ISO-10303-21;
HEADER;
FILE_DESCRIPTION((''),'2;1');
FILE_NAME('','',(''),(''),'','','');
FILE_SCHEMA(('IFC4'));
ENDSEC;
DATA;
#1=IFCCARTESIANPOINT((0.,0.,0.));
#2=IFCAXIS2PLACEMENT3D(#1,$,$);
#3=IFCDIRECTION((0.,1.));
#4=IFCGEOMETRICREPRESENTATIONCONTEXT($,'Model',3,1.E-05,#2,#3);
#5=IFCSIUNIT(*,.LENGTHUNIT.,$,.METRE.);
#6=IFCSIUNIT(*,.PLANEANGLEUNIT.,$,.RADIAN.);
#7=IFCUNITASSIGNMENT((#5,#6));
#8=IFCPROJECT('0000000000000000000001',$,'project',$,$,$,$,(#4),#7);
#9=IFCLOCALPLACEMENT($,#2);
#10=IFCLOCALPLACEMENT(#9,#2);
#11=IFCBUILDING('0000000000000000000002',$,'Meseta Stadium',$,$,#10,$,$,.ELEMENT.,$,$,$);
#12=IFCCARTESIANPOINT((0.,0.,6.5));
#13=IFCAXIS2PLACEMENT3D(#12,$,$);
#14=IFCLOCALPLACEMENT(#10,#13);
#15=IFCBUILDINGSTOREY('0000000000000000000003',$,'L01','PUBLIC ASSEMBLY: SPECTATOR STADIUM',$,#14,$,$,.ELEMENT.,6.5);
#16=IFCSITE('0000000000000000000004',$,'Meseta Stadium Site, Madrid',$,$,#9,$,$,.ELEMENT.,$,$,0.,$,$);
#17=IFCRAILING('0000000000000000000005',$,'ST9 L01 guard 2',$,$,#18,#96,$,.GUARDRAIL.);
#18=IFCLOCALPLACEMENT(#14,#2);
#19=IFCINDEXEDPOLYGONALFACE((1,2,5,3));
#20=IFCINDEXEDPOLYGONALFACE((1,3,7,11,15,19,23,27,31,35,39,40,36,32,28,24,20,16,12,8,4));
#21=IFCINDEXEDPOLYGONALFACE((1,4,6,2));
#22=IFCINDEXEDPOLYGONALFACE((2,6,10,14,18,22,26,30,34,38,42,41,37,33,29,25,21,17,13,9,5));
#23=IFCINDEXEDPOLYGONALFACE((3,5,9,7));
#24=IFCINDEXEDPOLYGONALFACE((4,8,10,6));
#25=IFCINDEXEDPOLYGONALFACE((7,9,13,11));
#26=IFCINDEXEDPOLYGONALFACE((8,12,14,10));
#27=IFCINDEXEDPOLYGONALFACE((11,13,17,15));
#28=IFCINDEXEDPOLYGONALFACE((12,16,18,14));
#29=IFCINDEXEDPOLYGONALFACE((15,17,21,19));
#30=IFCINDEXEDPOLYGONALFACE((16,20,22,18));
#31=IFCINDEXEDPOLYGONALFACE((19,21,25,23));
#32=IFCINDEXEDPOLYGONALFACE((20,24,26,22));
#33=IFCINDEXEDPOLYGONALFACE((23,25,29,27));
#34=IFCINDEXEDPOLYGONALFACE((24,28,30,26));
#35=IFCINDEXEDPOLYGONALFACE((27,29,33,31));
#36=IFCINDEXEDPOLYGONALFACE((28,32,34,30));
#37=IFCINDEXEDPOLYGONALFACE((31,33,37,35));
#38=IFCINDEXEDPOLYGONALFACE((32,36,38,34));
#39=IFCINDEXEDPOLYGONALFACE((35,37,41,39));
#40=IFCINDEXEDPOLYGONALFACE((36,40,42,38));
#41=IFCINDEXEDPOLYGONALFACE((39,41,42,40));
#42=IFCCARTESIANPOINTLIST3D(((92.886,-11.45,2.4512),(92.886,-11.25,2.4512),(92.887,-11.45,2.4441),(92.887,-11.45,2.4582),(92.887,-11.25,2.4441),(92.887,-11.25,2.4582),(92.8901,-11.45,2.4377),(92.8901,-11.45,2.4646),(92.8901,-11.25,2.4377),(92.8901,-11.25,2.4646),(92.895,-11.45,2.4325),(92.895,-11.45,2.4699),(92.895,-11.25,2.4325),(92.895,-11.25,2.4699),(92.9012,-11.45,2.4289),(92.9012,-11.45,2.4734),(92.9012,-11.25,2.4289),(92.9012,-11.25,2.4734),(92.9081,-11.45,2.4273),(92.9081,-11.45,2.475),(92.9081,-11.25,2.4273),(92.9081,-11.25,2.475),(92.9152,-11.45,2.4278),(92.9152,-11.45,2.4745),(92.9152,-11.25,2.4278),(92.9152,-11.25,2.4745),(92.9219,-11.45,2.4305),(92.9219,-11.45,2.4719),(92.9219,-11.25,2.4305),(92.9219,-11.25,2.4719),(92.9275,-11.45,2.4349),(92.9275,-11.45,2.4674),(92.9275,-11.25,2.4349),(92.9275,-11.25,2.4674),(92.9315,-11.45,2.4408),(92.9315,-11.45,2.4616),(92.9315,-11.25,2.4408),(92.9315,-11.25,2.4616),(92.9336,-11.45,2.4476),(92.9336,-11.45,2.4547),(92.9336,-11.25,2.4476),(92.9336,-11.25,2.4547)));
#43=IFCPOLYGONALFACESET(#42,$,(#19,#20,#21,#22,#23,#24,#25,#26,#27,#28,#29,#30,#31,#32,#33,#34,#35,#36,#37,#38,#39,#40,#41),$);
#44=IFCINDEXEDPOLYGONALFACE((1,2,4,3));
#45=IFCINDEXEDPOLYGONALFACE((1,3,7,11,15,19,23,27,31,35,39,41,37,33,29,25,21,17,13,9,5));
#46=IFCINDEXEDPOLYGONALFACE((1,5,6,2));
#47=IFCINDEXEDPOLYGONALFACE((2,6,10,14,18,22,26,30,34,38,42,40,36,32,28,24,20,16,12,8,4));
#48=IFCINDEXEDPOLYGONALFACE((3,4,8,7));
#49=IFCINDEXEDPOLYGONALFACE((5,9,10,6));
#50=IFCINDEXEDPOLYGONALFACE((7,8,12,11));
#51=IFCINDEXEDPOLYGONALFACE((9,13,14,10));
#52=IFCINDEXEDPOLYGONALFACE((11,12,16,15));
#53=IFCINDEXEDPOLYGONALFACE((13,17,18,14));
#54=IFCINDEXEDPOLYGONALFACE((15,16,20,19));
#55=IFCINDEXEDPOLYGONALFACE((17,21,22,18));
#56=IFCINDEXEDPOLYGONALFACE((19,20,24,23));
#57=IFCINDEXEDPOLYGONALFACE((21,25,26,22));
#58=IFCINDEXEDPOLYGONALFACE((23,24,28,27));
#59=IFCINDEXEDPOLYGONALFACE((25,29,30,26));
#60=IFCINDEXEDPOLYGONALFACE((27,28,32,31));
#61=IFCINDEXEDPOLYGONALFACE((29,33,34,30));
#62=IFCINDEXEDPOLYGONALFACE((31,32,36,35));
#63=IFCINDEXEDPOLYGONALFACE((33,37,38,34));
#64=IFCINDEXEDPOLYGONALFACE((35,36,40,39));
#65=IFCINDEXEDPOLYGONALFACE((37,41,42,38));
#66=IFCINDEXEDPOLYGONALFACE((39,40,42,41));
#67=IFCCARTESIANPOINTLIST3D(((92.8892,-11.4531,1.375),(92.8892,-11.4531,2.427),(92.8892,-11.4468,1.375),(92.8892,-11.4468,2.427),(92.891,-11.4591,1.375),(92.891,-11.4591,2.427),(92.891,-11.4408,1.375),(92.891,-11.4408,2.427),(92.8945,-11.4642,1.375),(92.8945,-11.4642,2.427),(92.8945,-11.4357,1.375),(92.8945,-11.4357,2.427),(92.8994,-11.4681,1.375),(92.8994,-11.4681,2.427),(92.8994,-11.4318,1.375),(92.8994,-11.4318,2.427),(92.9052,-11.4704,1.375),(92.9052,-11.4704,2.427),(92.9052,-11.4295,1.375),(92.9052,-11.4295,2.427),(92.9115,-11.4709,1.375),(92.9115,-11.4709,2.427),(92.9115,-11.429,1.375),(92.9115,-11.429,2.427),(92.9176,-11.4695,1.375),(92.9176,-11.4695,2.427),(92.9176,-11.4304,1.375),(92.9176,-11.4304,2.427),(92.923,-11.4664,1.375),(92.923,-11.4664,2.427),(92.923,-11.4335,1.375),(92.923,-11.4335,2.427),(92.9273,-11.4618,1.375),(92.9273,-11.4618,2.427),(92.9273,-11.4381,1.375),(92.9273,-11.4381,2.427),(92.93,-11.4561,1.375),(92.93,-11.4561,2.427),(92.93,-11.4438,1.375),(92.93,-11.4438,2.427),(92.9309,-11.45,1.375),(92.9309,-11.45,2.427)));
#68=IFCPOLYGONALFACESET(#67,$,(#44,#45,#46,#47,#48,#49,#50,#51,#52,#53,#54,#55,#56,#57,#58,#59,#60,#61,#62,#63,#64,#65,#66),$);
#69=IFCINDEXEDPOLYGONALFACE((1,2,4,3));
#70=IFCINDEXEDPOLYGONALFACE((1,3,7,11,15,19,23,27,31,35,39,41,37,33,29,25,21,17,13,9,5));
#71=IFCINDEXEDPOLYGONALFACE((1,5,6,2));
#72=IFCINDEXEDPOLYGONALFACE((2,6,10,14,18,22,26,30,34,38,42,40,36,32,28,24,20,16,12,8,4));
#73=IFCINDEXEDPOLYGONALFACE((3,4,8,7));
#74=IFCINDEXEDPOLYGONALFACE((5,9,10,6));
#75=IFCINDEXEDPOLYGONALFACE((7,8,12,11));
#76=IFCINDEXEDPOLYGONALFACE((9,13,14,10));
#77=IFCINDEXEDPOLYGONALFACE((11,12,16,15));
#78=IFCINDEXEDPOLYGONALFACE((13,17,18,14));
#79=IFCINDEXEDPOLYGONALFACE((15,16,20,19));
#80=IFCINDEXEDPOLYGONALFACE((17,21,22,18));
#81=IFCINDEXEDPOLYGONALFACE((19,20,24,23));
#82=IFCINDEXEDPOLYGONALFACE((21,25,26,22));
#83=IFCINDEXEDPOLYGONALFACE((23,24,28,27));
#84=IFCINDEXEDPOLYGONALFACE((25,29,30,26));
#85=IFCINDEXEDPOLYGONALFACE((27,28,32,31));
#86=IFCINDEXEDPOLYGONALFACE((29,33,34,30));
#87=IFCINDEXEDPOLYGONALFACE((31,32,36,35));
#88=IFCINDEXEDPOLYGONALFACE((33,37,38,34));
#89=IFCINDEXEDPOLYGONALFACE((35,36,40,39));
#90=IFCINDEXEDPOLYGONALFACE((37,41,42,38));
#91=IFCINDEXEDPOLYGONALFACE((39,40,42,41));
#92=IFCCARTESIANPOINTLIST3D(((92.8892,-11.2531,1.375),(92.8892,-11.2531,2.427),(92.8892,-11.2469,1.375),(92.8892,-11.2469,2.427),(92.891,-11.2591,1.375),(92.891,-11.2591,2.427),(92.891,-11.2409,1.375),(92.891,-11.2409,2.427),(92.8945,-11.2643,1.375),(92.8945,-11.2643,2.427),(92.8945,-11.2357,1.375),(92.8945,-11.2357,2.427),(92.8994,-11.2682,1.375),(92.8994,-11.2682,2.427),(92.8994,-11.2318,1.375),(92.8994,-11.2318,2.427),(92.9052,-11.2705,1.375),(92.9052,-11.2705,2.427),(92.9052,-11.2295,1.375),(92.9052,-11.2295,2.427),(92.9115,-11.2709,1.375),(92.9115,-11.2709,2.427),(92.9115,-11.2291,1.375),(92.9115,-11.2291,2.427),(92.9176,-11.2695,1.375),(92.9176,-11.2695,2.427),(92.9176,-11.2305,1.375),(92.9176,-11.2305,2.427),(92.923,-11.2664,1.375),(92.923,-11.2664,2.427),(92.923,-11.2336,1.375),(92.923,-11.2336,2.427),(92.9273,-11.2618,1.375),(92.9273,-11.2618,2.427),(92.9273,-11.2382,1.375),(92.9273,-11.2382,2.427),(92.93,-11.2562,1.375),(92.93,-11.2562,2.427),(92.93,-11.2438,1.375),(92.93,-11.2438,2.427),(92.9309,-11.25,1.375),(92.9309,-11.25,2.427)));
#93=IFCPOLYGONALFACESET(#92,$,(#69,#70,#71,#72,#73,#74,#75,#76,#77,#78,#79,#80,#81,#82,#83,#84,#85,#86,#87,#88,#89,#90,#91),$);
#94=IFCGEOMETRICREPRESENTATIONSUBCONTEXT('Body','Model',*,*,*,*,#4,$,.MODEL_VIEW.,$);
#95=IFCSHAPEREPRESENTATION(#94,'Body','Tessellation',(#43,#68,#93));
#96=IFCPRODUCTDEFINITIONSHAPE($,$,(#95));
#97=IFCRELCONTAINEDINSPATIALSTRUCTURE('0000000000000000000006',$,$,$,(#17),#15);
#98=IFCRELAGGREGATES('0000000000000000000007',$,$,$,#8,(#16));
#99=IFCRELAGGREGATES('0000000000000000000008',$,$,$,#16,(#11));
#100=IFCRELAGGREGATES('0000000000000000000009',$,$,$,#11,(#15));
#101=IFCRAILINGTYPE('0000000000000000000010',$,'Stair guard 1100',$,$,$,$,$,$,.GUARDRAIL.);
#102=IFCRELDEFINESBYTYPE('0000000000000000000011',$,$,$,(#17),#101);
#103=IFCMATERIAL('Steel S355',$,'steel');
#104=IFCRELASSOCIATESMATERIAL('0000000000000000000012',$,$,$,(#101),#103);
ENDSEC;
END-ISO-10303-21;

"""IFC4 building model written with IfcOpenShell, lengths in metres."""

from ifc_helpers import new_model, si_unit, direction, frame, origin, origin_2d, place, context, subcontext, project, spatial, circle, extrude, material, type_object, element, save


model = new_model("IFC4")

# Units and contexts
model_context = context("Model", 3, precision=1e-05, world=origin(), true_north=direction((0.0, 1.0)))
body_context = subcontext(model_context, "Body", "Model", "MODEL_VIEW")
ifc_project = project(units=[si_unit("LENGTHUNIT", "METRE"), si_unit("PLANEANGLEUNIT", "RADIAN")], contexts=[model_context])

# Site, building, storey
site_placement = place(None, origin())
site = spatial("IfcSite", under=ifc_project, at=site_placement, Name="Meseta Stadium Site, Madrid", CompositionType="ELEMENT", RefElevation=0.0)
building_placement = place(site_placement, origin())
building = spatial("IfcBuilding", under=site, at=building_placement, Name="Meseta Stadium", CompositionType="ELEMENT")
storey_placement = place(building_placement, frame((0.0, 0.0, 6.5)))
storey = spatial("IfcBuildingStorey", under=building, at=storey_placement, Name="L01", Description="PUBLIC ASSEMBLY: SPECTATOR STADIUM", CompositionType="ELEMENT", Elevation=6.5)

# Railing
ifc_material_1 = material(Name="Steel S355", Category="steel")
railing_type_1 = type_object("IfcRailingType", Name="Stair guard 1100", PredefinedType="GUARDRAIL", material=ifc_material_1)
railing_1_placement = place(storey_placement, frame((92.9099, -11.45, 1.375)))
element("IfcRailing", 1, at=railing_1_placement, inside=storey, type_object=railing_type_1, Name="ST9 L01 guard 2", PredefinedType="GUARDRAIL", context=body_context, shape_type="SweptSolid", body=[
    extrude(circle(Radius=0.0239, at=origin_2d()), frame((0.0, 0.0, 1.0762), z_axis=(0.0, 1.0, 0.0), x_axis=(-1.0, 0.0, 0.0)), (0.0, 0.0, 1.0), 0.2),
    extrude(circle(Radius=0.021, at=origin_2d()), origin(), (0.0, 0.0, 1.0), 1.052),
    extrude(circle(Radius=0.021, at=origin_2d()), frame((0.0, 0.2, 0.0)), (0.0, 0.0, 1.0), 1.052),
])

save(model, "model.ifc")
